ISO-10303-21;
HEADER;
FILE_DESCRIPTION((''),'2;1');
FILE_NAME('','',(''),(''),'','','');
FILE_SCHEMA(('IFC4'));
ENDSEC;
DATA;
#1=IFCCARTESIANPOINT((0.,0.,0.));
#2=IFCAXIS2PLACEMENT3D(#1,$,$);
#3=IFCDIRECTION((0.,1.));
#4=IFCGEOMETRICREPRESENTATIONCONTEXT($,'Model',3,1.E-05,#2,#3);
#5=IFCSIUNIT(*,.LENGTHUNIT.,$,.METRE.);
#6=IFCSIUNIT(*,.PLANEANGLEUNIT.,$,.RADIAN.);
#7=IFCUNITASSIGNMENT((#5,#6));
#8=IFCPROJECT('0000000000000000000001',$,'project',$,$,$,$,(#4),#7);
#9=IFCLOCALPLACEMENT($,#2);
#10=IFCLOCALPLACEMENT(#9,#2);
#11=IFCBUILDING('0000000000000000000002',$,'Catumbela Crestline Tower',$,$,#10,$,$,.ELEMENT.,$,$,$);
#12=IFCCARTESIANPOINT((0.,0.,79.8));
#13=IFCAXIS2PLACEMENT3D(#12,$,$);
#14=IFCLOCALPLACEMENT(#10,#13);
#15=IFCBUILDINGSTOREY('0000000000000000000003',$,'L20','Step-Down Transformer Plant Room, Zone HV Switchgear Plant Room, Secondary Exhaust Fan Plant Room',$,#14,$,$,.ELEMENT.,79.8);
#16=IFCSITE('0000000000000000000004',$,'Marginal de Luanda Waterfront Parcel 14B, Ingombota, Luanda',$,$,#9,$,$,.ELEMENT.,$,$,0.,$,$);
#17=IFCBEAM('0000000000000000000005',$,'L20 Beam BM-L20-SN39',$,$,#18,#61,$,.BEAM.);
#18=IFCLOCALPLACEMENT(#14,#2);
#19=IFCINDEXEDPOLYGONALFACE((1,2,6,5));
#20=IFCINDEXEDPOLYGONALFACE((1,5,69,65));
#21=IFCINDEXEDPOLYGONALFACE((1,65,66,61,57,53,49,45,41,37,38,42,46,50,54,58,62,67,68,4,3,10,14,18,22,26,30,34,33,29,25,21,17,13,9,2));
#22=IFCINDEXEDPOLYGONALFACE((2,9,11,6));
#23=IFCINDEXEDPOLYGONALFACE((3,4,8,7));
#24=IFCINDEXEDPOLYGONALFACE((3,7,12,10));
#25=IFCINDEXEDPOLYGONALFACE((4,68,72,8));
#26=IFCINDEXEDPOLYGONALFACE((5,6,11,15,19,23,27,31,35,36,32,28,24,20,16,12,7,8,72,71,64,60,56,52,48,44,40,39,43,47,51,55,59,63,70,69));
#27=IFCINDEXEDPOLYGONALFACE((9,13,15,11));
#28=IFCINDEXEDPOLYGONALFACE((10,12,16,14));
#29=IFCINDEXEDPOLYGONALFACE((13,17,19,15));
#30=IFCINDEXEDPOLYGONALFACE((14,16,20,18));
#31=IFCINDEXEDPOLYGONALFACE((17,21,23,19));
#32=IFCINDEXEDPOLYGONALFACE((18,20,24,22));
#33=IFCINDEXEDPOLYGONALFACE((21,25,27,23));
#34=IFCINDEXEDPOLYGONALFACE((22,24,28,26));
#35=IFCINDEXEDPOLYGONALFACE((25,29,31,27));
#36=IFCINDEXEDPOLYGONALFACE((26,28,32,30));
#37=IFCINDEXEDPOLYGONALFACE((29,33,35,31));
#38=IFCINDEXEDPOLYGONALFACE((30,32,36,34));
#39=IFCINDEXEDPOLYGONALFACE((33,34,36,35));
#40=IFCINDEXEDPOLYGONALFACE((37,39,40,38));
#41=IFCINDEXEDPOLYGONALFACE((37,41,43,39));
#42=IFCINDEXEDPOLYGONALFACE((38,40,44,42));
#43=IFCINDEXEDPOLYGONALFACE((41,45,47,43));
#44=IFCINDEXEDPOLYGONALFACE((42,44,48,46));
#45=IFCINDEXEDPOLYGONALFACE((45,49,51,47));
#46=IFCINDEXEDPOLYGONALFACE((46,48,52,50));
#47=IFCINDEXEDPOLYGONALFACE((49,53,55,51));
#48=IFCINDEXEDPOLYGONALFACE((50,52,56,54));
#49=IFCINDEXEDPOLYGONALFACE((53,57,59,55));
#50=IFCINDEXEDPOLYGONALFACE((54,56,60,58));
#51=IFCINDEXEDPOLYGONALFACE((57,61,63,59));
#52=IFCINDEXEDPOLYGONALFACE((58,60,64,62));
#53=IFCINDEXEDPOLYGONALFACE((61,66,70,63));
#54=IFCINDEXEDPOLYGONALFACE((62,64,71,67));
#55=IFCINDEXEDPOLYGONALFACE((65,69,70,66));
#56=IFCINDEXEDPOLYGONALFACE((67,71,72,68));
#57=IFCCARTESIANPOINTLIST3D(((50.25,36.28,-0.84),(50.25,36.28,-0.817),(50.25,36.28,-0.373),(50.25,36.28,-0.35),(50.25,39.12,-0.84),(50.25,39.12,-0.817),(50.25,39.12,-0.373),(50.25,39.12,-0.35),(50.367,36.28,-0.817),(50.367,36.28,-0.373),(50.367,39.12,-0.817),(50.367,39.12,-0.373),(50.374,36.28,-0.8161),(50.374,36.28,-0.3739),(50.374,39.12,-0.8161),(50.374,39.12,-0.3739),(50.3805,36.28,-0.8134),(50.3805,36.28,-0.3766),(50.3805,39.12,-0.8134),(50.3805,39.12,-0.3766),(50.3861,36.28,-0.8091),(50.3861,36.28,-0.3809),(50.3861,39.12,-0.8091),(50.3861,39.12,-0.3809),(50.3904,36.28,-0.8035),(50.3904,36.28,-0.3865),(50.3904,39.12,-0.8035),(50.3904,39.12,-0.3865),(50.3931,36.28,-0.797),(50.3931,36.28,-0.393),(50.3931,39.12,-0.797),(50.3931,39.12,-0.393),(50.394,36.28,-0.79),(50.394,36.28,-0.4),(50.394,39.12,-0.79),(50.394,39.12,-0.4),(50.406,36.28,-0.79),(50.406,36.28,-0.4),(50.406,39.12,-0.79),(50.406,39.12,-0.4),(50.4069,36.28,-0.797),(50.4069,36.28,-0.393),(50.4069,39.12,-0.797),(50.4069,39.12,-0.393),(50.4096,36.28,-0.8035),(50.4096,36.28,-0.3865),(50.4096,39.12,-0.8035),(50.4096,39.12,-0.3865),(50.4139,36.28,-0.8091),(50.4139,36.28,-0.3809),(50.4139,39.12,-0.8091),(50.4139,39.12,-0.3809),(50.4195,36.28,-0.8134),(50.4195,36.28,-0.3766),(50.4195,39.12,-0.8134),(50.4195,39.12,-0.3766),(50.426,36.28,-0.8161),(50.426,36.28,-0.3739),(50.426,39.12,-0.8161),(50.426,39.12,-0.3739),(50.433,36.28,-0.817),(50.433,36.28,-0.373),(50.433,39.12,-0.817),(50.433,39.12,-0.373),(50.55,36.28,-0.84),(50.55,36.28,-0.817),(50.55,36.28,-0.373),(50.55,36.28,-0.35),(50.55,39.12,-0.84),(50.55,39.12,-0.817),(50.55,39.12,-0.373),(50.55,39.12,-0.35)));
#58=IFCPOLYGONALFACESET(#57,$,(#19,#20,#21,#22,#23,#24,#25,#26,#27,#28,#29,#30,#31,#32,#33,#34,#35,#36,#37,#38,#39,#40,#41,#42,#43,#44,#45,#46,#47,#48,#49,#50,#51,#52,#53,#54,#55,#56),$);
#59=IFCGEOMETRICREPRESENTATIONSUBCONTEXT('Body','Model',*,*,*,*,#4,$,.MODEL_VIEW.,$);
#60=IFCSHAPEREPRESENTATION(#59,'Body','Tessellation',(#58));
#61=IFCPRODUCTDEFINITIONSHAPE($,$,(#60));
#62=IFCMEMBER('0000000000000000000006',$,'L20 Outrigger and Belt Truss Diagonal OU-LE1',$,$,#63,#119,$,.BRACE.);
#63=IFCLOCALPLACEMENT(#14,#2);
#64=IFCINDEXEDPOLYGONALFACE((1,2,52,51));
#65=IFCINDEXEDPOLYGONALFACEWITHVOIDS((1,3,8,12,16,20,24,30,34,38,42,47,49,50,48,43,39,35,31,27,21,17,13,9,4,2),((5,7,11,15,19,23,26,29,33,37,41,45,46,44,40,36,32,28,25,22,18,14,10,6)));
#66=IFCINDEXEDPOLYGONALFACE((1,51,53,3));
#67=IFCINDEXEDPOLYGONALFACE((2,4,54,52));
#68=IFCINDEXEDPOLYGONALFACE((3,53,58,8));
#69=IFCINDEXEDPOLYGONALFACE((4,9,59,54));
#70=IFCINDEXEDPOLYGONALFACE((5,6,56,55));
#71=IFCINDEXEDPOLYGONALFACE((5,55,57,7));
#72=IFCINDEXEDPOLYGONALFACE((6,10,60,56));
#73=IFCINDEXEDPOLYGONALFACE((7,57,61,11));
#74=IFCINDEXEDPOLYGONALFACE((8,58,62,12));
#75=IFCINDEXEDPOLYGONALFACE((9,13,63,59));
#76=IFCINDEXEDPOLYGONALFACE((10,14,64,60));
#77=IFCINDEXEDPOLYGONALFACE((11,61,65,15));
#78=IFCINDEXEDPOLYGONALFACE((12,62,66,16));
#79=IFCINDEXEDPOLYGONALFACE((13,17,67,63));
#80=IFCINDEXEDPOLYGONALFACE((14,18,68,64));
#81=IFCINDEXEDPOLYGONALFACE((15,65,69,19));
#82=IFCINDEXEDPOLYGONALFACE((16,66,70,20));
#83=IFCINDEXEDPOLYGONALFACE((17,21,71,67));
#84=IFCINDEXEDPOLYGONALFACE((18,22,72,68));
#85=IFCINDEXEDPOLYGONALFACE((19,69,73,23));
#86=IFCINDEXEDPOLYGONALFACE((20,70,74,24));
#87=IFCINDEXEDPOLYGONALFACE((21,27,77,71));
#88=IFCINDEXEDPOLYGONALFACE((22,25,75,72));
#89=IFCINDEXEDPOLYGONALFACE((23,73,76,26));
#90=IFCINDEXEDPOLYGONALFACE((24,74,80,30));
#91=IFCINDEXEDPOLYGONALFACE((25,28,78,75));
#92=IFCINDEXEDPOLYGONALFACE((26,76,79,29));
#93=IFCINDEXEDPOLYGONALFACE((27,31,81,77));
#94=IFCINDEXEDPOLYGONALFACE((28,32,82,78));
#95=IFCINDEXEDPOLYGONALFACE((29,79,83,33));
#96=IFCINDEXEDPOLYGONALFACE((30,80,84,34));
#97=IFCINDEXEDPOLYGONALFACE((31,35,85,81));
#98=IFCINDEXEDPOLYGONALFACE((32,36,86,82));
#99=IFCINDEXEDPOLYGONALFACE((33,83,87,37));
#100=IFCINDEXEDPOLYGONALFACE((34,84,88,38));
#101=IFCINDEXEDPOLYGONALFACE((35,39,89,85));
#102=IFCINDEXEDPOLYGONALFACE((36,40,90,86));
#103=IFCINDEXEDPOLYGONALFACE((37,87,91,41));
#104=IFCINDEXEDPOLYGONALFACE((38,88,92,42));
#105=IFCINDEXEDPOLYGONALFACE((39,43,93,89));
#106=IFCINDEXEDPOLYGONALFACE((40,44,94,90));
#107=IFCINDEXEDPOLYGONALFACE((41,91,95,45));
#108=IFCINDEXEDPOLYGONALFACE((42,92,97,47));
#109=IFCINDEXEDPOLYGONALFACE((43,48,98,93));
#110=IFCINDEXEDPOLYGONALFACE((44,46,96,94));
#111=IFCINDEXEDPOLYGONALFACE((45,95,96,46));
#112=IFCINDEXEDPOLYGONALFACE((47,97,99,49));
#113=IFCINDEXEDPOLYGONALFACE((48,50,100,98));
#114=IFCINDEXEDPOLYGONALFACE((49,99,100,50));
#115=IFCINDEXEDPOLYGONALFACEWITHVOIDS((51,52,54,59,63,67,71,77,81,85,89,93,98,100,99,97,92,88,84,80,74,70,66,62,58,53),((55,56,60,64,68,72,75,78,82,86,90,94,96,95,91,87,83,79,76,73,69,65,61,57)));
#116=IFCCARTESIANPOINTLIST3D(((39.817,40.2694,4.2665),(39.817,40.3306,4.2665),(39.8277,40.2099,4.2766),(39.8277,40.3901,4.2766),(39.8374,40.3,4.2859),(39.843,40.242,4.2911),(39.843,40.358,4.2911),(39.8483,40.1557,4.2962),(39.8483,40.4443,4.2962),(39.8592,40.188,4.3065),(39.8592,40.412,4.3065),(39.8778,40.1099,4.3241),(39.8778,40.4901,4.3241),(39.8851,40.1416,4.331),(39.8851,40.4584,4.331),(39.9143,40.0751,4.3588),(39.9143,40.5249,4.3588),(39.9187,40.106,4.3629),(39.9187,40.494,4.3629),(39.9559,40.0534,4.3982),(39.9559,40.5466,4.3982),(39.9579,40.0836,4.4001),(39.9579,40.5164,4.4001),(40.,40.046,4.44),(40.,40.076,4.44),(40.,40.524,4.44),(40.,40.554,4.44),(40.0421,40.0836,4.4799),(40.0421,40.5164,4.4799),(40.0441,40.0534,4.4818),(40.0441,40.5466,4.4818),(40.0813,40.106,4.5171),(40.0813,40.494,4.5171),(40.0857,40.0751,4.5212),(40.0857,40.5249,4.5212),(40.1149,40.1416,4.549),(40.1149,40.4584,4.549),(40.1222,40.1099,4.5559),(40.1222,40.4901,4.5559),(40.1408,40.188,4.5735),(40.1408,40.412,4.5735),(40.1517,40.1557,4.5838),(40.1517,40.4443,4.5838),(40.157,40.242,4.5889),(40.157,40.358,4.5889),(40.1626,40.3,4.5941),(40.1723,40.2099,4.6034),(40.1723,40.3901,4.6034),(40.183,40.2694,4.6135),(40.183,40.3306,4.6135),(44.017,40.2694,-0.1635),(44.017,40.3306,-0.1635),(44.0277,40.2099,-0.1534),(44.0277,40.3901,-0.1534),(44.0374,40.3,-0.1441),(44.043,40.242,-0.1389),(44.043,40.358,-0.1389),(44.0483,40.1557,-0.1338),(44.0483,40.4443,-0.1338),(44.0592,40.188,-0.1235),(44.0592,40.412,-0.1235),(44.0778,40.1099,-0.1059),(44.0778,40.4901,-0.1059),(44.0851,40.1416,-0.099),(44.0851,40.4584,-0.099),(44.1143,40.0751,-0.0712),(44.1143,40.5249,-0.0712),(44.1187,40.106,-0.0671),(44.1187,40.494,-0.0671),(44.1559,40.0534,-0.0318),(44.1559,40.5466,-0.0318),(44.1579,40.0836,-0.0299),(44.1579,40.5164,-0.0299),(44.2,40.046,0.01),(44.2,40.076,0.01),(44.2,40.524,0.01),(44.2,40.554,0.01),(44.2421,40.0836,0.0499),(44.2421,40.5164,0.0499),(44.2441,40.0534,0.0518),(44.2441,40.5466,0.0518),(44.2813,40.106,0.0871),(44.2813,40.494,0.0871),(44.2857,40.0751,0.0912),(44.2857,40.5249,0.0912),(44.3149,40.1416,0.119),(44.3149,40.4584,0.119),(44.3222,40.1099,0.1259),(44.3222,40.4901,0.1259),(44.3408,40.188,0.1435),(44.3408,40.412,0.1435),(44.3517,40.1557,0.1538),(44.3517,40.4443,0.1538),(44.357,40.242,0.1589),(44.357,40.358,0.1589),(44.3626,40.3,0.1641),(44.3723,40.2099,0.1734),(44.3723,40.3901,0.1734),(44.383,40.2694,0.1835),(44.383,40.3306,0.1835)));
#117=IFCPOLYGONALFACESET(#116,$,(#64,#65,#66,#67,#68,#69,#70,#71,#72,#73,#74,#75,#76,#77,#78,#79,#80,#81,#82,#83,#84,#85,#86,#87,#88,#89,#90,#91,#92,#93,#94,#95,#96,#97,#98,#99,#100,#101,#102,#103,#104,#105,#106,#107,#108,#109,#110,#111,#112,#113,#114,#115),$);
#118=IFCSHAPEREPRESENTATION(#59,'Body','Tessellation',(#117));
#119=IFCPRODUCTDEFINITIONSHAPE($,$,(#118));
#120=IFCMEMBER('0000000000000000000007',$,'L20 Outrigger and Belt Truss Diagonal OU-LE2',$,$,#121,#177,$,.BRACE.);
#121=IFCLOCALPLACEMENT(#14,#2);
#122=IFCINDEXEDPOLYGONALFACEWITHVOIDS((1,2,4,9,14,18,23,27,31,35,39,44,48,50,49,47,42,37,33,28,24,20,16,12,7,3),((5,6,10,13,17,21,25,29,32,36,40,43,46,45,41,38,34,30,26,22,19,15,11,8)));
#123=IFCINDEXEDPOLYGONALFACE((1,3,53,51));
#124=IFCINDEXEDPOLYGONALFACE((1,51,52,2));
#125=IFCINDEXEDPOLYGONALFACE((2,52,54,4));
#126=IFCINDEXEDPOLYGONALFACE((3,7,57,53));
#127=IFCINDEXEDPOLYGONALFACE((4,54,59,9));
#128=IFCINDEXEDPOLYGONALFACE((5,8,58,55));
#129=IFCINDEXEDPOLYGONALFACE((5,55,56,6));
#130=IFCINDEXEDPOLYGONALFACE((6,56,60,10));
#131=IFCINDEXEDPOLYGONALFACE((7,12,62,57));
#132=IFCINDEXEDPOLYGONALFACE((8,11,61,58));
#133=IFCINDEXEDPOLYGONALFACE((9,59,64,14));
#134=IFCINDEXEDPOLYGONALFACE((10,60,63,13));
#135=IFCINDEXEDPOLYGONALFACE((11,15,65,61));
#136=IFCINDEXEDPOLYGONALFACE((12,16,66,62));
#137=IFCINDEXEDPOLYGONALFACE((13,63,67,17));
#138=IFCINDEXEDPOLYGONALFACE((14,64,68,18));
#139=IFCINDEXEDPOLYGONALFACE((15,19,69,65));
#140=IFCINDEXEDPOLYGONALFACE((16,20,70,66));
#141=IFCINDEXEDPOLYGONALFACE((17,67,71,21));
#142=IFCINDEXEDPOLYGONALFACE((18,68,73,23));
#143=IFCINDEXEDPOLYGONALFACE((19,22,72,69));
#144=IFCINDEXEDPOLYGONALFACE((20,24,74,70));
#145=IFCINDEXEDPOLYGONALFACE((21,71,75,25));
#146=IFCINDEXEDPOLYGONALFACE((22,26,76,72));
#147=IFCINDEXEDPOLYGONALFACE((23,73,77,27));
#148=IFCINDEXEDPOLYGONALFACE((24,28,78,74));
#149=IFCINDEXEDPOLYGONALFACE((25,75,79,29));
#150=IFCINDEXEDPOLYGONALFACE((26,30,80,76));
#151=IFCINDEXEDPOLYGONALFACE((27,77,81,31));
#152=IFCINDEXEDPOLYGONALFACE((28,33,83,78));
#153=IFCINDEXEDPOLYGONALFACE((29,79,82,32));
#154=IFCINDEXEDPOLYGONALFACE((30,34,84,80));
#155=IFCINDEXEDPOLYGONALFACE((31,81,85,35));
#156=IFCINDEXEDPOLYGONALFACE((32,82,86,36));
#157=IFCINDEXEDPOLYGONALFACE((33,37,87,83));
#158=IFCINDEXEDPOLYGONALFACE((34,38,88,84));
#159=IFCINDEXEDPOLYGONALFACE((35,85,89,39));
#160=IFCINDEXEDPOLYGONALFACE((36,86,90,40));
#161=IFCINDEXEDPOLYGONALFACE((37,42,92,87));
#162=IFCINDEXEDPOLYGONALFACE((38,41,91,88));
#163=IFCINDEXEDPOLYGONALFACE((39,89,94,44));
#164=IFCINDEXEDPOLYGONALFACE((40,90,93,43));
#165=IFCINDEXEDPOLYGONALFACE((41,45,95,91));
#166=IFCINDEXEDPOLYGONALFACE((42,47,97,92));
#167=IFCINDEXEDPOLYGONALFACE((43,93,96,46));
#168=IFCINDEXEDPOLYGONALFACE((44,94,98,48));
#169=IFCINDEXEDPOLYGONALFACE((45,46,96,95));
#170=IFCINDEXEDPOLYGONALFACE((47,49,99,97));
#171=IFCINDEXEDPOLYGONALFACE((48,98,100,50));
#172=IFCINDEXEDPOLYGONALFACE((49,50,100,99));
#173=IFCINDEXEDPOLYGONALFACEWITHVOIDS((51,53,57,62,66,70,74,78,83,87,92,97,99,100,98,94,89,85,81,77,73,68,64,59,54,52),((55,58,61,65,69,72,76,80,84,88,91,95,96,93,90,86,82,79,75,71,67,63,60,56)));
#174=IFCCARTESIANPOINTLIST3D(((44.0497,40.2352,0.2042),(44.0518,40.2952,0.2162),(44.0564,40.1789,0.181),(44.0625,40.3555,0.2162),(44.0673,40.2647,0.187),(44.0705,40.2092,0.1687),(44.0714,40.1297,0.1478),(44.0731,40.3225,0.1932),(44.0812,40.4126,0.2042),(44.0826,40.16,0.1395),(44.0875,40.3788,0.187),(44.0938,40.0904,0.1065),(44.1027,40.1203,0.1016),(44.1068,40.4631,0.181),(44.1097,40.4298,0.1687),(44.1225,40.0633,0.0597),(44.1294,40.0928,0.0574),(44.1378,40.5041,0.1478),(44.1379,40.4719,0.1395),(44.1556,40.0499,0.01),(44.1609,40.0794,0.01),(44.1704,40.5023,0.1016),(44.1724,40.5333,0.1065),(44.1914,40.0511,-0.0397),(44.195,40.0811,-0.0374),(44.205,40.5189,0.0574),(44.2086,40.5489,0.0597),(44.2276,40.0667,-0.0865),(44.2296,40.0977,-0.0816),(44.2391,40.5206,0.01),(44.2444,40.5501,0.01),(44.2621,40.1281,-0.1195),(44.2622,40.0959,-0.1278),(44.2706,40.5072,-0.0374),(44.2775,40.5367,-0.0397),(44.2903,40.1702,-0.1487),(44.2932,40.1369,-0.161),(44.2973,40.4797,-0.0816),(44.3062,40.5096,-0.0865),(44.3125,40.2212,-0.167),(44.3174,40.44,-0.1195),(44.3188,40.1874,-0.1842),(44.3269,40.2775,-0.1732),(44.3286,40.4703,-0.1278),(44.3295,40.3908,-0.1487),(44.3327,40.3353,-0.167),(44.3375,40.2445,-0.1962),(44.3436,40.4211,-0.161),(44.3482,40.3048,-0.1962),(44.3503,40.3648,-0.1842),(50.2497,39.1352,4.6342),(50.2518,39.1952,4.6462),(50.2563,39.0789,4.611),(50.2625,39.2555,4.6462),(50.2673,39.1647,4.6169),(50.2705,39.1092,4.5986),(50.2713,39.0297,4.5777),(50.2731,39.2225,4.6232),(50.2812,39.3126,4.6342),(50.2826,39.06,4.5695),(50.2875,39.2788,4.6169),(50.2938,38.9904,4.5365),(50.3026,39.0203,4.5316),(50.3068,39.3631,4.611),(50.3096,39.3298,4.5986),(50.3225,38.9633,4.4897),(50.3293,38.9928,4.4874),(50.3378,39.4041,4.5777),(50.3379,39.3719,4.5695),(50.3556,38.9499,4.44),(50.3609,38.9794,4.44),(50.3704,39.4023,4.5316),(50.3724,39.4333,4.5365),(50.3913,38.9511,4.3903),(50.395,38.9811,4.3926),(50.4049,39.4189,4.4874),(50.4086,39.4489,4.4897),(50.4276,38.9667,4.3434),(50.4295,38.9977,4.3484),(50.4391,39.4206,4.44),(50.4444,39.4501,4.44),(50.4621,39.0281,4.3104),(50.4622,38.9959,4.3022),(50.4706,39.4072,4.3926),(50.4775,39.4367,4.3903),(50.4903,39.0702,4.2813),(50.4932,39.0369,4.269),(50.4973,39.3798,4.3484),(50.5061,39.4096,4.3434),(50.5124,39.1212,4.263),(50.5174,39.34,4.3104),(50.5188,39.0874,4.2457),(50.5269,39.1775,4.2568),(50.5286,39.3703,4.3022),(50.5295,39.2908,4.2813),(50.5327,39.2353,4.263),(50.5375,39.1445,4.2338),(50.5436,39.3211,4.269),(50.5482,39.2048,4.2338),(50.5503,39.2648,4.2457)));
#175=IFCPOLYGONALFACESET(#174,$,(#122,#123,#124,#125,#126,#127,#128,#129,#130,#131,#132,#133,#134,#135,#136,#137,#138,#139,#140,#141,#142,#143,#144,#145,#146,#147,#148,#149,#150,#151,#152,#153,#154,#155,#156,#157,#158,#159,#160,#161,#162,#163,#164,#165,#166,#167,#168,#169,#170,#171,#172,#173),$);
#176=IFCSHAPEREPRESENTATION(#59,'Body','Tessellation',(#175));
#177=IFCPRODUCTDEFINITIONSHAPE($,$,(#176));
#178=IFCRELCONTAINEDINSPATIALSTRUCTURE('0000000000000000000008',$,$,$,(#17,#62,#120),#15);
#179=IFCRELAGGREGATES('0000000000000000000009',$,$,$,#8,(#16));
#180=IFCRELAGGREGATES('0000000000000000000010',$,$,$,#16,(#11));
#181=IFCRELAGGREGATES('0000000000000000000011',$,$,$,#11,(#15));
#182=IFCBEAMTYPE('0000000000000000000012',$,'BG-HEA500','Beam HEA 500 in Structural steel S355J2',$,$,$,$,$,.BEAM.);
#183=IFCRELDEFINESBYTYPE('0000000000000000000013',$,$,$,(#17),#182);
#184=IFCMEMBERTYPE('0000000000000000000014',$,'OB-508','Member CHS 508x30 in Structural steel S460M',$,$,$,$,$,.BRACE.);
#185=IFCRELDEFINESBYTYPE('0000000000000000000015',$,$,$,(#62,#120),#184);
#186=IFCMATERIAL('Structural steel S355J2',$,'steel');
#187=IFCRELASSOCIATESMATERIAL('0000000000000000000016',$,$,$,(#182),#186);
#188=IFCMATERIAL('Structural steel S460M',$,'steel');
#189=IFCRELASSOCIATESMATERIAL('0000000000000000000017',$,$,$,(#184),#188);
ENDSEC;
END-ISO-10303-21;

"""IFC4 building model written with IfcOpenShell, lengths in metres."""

from ifc_helpers import new_model, si_unit, direction, frame, origin, origin_2d, place, context, subcontext, project, spatial, hollow_circle, i_section, extrude, material, material_profile, profile_set, type_object, element, save


model = new_model("IFC4")

# Units and contexts
model_context = context("Model", 3, precision=1e-05, world=origin(), true_north=direction((0.0, 1.0)))
body_context = subcontext(model_context, "Body", "Model", "MODEL_VIEW")
ifc_project = project(units=[si_unit("LENGTHUNIT", "METRE"), si_unit("PLANEANGLEUNIT", "RADIAN")], contexts=[model_context])

# Site, building, storey
site_placement = place(None, origin())
site = spatial("IfcSite", under=ifc_project, at=site_placement, Name="Marginal de Luanda Waterfront Parcel 14B, Ingombota, Luanda", CompositionType="ELEMENT", RefElevation=0.0)
building_placement = place(site_placement, origin())
building = spatial("IfcBuilding", under=site, at=building_placement, Name="Catumbela Crestline Tower", CompositionType="ELEMENT")
storey_placement = place(building_placement, frame((0.0, 0.0, 79.8)))
storey = spatial("IfcBuildingStorey", under=building, at=storey_placement, Name="L20", Description="Step-Down Transformer Plant Room, Zone HV Switchgear Plant Room, Secondary Exhaust Fan Plant Room", CompositionType="ELEMENT", Elevation=79.8)

# Shared definitions
ifc_material_1 = material(Name="Structural steel S460M", Category="steel")

# Beam
ifc_material_2 = material(Name="Structural steel S355J2", Category="steel")
ifc_material_profile_1 = material_profile(ifc_material_2, i_section(OverallWidth=0.3, OverallDepth=0.49, WebThickness=0.012, FlangeThickness=0.023, FilletRadius=0.027, at=origin_2d()), Name="HEA 500")
ifc_profile_set_1 = profile_set([ifc_material_profile_1], Name="Structural steel S355J2")
beam_type_1 = type_object("IfcBeamType", Name="BG-HEA500", Description="Beam HEA 500 in Structural steel S355J2", PredefinedType="BEAM", material=ifc_profile_set_1)
beam_1_placement = place(storey_placement, frame((50.4, 36.28, -0.595), z_axis=(0.0, 1.0, 0.0), x_axis=(-1.0, 0.0, 0.0)))
element("IfcBeam", 1, at=beam_1_placement, inside=storey, type_object=beam_type_1, Name="L20 Beam BM-L20-SN39", PredefinedType="BEAM", context=body_context, shape_type="SweptSolid", body=[
    extrude(i_section(OverallWidth=0.3, OverallDepth=0.49, WebThickness=0.012, FlangeThickness=0.023, FilletRadius=0.027, at=origin_2d()), origin(), (0.0, 0.0, 1.0), 2.84),
])

# Members
ifc_material_profile_2 = material_profile(ifc_material_1, hollow_circle(Radius=0.254, WallThickness=0.03, at=origin_2d()), Name="CHS 508x30")
ifc_profile_set_2 = profile_set([ifc_material_profile_2], Name="Structural steel S460M")
member_type = type_object("IfcMemberType", Name="OB-508", Description="Member CHS 508x30 in Structural steel S460M", PredefinedType="BRACE", material=ifc_profile_set_2)
member_1_placement = place(storey_placement, frame((40.0, 40.3, 4.44), z_axis=(0.688017, 0.0, -0.725694), x_axis=(0.0, 1.0, 0.0)))
element("IfcMember", 2, at=member_1_placement, inside=storey, type_object=member_type, Name="L20 Outrigger and Belt Truss Diagonal OU-LE1", PredefinedType="BRACE", context=body_context, shape_type="SweptSolid", body=[
    extrude(hollow_circle(Radius=0.254, WallThickness=0.03, at=origin_2d()), origin(), (0.0, 0.0, 1.0), 6.1045),
])
member_2_placement = place(storey_placement, frame((44.2, 40.3, 0.01), z_axis=(0.805297, -0.142875, 0.575398), x_axis=(0.174691, 0.984623, 0.0)))
element("IfcMember", 3, at=member_2_placement, inside=storey, type_object=member_type, Name="L20 Outrigger and Belt Truss Diagonal OU-LE2", PredefinedType="BRACE", context=body_context, shape_type="SweptSolid", body=[
    extrude(hollow_circle(Radius=0.254, WallThickness=0.03, at=origin_2d()), origin(), (0.0, 0.0, 1.0), 7.699),
])

save(model, "model.ifc")
